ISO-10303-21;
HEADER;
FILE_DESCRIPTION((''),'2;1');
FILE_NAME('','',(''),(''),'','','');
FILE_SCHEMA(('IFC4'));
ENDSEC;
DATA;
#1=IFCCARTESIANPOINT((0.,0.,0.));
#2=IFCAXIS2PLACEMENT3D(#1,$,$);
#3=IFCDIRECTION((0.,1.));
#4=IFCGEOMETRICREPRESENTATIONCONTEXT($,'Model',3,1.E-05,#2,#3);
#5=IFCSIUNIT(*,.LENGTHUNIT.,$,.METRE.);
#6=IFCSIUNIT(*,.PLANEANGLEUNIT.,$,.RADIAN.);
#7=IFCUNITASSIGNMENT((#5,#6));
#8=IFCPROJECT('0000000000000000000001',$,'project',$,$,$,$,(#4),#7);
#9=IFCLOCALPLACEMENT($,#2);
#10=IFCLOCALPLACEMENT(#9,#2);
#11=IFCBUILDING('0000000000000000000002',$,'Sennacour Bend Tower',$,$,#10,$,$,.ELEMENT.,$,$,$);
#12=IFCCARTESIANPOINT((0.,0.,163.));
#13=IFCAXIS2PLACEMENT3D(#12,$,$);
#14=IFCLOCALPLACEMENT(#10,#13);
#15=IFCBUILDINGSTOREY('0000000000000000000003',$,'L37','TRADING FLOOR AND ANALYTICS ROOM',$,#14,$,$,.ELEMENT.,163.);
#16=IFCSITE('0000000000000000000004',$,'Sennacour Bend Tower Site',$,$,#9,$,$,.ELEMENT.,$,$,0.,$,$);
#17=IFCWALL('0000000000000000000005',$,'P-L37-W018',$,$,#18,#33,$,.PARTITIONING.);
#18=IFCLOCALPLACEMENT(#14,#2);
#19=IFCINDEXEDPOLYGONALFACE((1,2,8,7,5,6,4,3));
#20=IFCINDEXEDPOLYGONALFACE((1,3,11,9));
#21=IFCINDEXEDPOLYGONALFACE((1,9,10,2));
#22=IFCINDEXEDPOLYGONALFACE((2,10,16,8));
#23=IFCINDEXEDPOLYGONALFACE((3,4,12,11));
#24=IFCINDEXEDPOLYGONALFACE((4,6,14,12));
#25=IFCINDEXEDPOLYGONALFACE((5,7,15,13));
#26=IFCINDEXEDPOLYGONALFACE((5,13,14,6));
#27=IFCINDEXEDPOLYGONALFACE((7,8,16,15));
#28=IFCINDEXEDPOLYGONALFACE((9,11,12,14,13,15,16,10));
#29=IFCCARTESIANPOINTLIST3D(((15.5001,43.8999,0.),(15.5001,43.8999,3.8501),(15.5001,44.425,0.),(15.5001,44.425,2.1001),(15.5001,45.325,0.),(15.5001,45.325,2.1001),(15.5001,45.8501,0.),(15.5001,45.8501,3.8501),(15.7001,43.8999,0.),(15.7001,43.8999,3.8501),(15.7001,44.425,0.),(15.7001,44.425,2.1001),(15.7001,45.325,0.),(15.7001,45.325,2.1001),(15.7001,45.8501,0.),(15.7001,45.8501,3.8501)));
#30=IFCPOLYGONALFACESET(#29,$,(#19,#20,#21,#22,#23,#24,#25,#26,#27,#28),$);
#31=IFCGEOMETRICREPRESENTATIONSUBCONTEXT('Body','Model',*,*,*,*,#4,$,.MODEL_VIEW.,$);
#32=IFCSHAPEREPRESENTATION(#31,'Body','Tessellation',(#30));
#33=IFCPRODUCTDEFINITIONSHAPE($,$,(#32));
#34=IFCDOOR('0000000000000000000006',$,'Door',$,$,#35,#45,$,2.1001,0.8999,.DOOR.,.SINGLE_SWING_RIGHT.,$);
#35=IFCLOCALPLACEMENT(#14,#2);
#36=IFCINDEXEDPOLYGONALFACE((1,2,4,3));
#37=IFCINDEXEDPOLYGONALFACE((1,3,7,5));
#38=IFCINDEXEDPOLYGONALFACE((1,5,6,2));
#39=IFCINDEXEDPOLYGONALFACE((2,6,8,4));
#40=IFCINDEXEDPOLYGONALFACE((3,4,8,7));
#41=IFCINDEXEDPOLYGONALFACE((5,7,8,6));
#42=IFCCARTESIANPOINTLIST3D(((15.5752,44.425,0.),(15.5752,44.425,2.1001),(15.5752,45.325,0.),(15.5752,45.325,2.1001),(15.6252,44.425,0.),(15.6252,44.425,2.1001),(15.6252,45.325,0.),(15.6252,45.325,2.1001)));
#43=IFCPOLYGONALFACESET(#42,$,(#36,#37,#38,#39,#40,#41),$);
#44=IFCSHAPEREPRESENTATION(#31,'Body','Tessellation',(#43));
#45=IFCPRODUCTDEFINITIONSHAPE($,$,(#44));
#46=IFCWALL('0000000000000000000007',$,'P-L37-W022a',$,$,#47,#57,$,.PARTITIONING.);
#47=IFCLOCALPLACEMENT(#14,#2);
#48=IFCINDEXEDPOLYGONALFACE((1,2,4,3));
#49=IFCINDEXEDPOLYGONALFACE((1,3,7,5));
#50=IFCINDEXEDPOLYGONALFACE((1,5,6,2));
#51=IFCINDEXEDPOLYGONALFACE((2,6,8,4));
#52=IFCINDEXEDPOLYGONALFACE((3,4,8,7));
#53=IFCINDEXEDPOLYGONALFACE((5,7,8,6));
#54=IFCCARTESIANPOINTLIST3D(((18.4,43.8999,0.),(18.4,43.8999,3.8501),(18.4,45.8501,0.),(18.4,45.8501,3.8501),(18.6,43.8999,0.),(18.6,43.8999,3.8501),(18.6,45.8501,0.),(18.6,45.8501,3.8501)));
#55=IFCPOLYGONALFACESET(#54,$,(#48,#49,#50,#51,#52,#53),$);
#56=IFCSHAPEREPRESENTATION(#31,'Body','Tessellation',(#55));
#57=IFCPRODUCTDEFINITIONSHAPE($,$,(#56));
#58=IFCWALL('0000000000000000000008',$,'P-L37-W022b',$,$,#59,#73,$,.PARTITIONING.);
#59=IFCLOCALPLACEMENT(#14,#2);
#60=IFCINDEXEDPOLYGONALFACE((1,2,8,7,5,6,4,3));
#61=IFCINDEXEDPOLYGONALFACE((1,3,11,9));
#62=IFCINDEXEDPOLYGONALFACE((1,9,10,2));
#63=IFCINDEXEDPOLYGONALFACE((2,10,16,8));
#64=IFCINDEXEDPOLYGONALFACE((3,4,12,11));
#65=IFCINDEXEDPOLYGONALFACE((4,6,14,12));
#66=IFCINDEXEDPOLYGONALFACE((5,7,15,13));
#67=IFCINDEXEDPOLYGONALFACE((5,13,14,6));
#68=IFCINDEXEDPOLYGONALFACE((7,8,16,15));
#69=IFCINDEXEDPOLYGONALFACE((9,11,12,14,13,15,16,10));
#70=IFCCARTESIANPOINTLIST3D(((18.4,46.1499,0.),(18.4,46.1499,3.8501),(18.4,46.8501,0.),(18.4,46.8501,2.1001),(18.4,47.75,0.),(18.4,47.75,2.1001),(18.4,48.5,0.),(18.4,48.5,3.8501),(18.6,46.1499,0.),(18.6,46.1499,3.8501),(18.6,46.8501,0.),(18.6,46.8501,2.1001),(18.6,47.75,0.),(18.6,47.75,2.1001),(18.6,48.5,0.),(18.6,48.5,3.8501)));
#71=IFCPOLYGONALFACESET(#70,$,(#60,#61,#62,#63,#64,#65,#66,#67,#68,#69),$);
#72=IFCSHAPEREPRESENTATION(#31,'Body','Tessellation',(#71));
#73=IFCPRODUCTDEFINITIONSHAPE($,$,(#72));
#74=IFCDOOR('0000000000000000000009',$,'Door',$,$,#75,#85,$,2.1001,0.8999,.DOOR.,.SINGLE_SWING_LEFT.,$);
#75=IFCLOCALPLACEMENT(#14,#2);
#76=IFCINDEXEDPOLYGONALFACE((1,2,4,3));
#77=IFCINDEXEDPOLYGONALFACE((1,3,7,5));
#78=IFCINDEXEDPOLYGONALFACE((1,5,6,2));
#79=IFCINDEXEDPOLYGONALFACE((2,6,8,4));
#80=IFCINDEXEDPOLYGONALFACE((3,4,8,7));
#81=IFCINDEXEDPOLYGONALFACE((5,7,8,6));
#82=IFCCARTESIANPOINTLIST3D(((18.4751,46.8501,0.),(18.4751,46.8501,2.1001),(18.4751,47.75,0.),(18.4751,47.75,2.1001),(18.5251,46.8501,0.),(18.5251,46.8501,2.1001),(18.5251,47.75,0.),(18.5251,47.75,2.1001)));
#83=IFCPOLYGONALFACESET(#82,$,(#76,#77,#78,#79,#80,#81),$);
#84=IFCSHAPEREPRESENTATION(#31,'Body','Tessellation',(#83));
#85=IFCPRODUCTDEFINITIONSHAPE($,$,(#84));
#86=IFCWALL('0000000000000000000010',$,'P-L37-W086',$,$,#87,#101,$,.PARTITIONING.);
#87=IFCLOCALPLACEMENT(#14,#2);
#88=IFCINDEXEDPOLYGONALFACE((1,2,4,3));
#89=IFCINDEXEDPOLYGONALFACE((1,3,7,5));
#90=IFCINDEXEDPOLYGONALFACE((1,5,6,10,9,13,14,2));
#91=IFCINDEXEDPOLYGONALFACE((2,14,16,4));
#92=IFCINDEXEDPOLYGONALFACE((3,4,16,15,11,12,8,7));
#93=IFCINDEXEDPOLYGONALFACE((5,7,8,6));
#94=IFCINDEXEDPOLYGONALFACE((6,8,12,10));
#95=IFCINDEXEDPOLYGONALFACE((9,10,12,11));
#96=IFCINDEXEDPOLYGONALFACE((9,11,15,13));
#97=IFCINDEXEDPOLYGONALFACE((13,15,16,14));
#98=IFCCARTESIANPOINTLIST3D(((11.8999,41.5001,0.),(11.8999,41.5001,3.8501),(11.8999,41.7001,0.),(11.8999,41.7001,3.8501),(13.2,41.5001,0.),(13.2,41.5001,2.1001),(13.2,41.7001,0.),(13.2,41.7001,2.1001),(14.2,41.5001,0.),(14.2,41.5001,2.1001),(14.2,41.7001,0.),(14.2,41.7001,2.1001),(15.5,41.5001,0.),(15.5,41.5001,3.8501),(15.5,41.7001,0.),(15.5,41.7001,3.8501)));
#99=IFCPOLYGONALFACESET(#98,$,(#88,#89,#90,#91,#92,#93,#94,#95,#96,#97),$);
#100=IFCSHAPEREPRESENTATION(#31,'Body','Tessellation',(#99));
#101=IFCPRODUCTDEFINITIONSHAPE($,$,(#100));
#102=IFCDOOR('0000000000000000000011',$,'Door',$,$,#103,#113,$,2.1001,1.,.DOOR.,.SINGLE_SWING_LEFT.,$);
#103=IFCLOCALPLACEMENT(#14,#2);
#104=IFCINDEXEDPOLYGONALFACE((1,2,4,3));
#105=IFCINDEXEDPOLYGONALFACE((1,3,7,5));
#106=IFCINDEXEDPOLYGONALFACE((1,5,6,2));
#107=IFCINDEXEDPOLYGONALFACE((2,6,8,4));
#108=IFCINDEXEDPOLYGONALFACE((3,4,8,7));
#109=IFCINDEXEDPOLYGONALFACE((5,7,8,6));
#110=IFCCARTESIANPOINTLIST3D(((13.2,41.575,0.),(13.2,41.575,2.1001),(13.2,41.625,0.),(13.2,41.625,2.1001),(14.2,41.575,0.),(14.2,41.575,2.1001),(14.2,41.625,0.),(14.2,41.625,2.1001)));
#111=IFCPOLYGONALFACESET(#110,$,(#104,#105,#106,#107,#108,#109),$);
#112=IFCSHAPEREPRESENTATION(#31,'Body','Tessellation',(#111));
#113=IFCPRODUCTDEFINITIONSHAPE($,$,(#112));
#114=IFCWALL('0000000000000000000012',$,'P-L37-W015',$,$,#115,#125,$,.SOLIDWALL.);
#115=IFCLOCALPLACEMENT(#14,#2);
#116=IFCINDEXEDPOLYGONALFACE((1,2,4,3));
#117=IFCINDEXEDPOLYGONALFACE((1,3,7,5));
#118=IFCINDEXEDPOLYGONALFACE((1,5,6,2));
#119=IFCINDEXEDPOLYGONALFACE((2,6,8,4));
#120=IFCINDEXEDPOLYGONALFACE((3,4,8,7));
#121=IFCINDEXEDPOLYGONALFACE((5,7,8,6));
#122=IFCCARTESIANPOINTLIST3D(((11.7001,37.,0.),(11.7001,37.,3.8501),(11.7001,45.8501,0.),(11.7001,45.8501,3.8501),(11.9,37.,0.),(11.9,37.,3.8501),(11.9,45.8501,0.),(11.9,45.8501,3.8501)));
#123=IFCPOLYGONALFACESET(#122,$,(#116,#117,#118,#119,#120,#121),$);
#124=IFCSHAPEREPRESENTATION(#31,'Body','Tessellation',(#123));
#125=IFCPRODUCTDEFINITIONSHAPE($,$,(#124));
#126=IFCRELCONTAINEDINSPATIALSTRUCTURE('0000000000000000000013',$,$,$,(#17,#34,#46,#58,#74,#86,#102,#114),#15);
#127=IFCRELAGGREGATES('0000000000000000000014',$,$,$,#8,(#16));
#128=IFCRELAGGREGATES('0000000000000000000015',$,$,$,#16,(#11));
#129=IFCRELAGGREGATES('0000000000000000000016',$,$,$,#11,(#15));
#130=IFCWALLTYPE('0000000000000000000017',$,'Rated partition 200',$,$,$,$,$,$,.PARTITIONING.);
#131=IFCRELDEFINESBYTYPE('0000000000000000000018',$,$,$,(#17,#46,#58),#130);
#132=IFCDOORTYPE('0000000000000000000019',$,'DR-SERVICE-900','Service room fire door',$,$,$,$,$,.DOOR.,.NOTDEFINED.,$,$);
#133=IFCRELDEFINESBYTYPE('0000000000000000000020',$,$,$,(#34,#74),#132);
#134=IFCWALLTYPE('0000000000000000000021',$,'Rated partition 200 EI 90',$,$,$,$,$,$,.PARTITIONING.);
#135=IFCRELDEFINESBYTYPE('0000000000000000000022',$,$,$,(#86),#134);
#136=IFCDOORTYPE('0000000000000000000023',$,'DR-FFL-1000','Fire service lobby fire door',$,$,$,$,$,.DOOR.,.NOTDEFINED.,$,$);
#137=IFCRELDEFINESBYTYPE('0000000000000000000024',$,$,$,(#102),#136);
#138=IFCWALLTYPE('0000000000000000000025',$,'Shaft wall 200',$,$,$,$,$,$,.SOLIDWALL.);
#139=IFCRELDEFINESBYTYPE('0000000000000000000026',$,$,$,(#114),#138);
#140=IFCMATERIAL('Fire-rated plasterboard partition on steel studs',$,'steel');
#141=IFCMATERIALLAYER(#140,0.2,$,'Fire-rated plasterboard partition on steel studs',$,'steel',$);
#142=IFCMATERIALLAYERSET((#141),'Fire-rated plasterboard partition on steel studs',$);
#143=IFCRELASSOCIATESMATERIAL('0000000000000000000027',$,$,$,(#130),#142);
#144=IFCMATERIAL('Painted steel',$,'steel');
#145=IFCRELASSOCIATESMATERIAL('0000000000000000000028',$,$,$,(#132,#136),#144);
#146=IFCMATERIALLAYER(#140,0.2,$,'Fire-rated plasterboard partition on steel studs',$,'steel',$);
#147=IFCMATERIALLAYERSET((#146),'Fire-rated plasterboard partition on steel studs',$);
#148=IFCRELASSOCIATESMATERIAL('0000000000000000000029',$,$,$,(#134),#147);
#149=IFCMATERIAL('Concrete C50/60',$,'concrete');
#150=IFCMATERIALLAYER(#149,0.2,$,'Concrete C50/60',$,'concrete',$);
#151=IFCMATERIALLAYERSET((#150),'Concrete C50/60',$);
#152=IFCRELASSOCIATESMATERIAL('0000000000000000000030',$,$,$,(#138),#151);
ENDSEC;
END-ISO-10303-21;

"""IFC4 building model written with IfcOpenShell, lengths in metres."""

from ifc_helpers import new_model, si_unit, direction, frame, frame_2d, origin, place, context, subcontext, project, spatial, rectangle, extrude, material, layer, layer_set, type_object, element, fill, save


model = new_model("IFC4")

# Units and contexts
model_context = context("Model", 3, precision=1e-05, world=origin(), true_north=direction((0.0, 1.0)))
body_context = subcontext(model_context, "Body", "Model", "MODEL_VIEW")
ifc_project = project(units=[si_unit("LENGTHUNIT", "METRE"), si_unit("PLANEANGLEUNIT", "RADIAN")], contexts=[model_context])

# Site, building, storey
site_placement = place(None, origin())
site = spatial("IfcSite", under=ifc_project, at=site_placement, Name="Sennacour Bend Tower Site", CompositionType="ELEMENT", RefElevation=0.0)
building_placement = place(site_placement, origin())
building = spatial("IfcBuilding", under=site, at=building_placement, Name="Sennacour Bend Tower", CompositionType="ELEMENT")
storey_placement = place(building_placement, frame((0.0, 0.0, 163.0)))
storey = spatial("IfcBuildingStorey", under=building, at=storey_placement, Name="L37", Description="TRADING FLOOR AND ANALYTICS ROOM", CompositionType="ELEMENT", Elevation=163.0)

# Wall, opening, door
ifc_material_1 = material(Name="Fire-rated plasterboard partition on steel studs", Category="steel")
ifc_layer_1 = layer(ifc_material_1, 0.2, Name="Fire-rated plasterboard partition on steel studs", Category="steel")
ifc_layer_set_1 = layer_set([ifc_layer_1], Name="Fire-rated plasterboard partition on steel studs")
wall_type_1 = type_object("IfcWallType", Name="Rated partition 200", PredefinedType="PARTITIONING", material=ifc_layer_set_1)
wall_1_placement = place(storey_placement, frame((15.6001, 43.8999, 0.0), z_axis=(0.0, 0.0, 1.0), x_axis=(0.0, 1.0, 0.0)))
wall_1 = element("IfcWall", 1, at=wall_1_placement, inside=storey, type_object=wall_type_1, Name="P-L37-W018", PredefinedType="PARTITIONING", context=body_context, shape_type="SweptSolid", body=[
    extrude(rectangle(XDim=1.9502, YDim=0.2, at=frame_2d((0.9751, 0.0))), origin(), (0.0, 0.0, 1.0), 3.8501),
])
opening_1_placement = place(wall_1_placement, frame((0.5251, 0.0, 0.0)))
opening_1 = element("IfcOpeningElement", 2, at=opening_1_placement, cuts=wall_1, PredefinedType="OPENING", context=body_context, shape_type="SweptSolid", body=[
    extrude(rectangle(XDim=0.8999, YDim=2.1001, at=frame_2d((0.45, 1.05))), frame((0.0, 0.1099, 0.0), z_axis=(0.0, -1.0, 0.0), x_axis=(1.0, 0.0, 0.0)), (0.0, 0.0, 1.0), 0.22),
])
ifc_material_2 = material(Name="Painted steel", Category="steel")
door_type_1 = type_object("IfcDoorType", Name="DR-SERVICE-900", Description="Service room fire door", OperationType="NOTDEFINED", PredefinedType="DOOR", material=ifc_material_2)
door_1_placement = place(opening_1_placement, origin())
door_1 = element("IfcDoor", 3, at=door_1_placement, inside=storey, type_object=door_type_1, Name="Door", OperationType="SINGLE_SWING_RIGHT", OverallHeight=2.1001, OverallWidth=0.8999, PredefinedType="DOOR", context=body_context, shape_type="SweptSolid", body=[
    extrude(rectangle(XDim=0.8999, YDim=2.1001, at=frame_2d((0.45, 1.05))), frame((0.0, 0.0249, 0.0), z_axis=(0.0, -1.0, 0.0), x_axis=(1.0, 0.0, 0.0)), (0.0, 0.0, 1.0), 0.05),
])
fill(opening_1, door_1)

# Wall
wall_2_placement = place(storey_placement, frame((18.5, 43.8999, 0.0), z_axis=(0.0, 0.0, 1.0), x_axis=(0.0, 1.0, 0.0)))
element("IfcWall", 4, at=wall_2_placement, inside=storey, type_object=wall_type_1, Name="P-L37-W022a", PredefinedType="PARTITIONING", context=body_context, shape_type="SweptSolid", body=[
    extrude(rectangle(XDim=1.9502, YDim=0.2, at=frame_2d((0.9751, 0.0))), origin(), (0.0, 0.0, 1.0), 3.8501),
])

# Walls, openings, doors
wall_3_placement = place(storey_placement, frame((18.5, 46.1499, 0.0), z_axis=(0.0, 0.0, 1.0), x_axis=(0.0, 1.0, 0.0)))
wall_3 = element("IfcWall", 5, at=wall_3_placement, inside=storey, type_object=wall_type_1, Name="P-L37-W022b", PredefinedType="PARTITIONING", context=body_context, shape_type="SweptSolid", body=[
    extrude(rectangle(XDim=2.3501, YDim=0.2, at=frame_2d((1.175, 0.0))), origin(), (0.0, 0.0, 1.0), 3.8501),
])
opening_2_placement = place(wall_3_placement, frame((0.7002, 0.0, 0.0)))
opening_2 = element("IfcOpeningElement", 6, at=opening_2_placement, cuts=wall_3, PredefinedType="OPENING", context=body_context, shape_type="SweptSolid", body=[
    extrude(rectangle(XDim=0.8999, YDim=2.1001, at=frame_2d((0.45, 1.05))), frame((0.0, 0.1099, 0.0), z_axis=(0.0, -1.0, 0.0), x_axis=(1.0, 0.0, 0.0)), (0.0, 0.0, 1.0), 0.22),
])
door_2_placement = place(opening_2_placement, origin())
door_2 = element("IfcDoor", 7, at=door_2_placement, inside=storey, type_object=door_type_1, Name="Door", OperationType="SINGLE_SWING_LEFT", OverallHeight=2.1001, OverallWidth=0.8999, PredefinedType="DOOR", context=body_context, shape_type="SweptSolid", body=[
    extrude(rectangle(XDim=0.8999, YDim=2.1001, at=frame_2d((0.45, 1.05))), frame((0.0, 0.0249, 0.0), z_axis=(0.0, -1.0, 0.0), x_axis=(1.0, 0.0, 0.0)), (0.0, 0.0, 1.0), 0.05),
])
fill(opening_2, door_2)
ifc_layer_2 = layer(ifc_material_1, 0.2, Name="Fire-rated plasterboard partition on steel studs", Category="steel")
ifc_layer_set_2 = layer_set([ifc_layer_2], Name="Fire-rated plasterboard partition on steel studs")
wall_type_2 = type_object("IfcWallType", Name="Rated partition 200 EI 90", PredefinedType="PARTITIONING", material=ifc_layer_set_2)
wall_4_placement = place(storey_placement, frame((11.8999, 41.6001, 0.0), z_axis=(0.0, 0.0, 1.0), x_axis=(1.0, 0.0, 0.0)))
wall_4 = element("IfcWall", 8, at=wall_4_placement, inside=storey, type_object=wall_type_2, Name="P-L37-W086", PredefinedType="PARTITIONING", context=body_context, shape_type="SweptSolid", body=[
    extrude(rectangle(XDim=3.6001, YDim=0.2, at=frame_2d((1.8, 0.0))), origin(), (0.0, 0.0, 1.0), 3.8501),
])
opening_3_placement = place(wall_4_placement, frame((1.3, 0.0, 0.0)))
opening_3 = element("IfcOpeningElement", 9, at=opening_3_placement, cuts=wall_4, PredefinedType="OPENING", context=body_context, shape_type="SweptSolid", body=[
    extrude(rectangle(XDim=1.0, YDim=2.1001, at=frame_2d((0.5, 1.05))), frame((0.0, 0.1099, 0.0), z_axis=(0.0, -1.0, 0.0), x_axis=(1.0, 0.0, 0.0)), (0.0, 0.0, 1.0), 0.22),
])
door_type_2 = type_object("IfcDoorType", Name="DR-FFL-1000", Description="Fire service lobby fire door", OperationType="NOTDEFINED", PredefinedType="DOOR", material=ifc_material_2)
door_3_placement = place(opening_3_placement, origin())
door_3 = element("IfcDoor", 10, at=door_3_placement, inside=storey, type_object=door_type_2, Name="Door", OperationType="SINGLE_SWING_LEFT", OverallHeight=2.1001, OverallWidth=1.0, PredefinedType="DOOR", context=body_context, shape_type="SweptSolid", body=[
    extrude(rectangle(XDim=1.0, YDim=2.1001, at=frame_2d((0.5, 1.05))), frame((0.0, 0.0249, 0.0), z_axis=(0.0, -1.0, 0.0), x_axis=(1.0, 0.0, 0.0)), (0.0, 0.0, 1.0), 0.05),
])
fill(opening_3, door_3)

# Wall
ifc_material_3 = material(Name="Concrete C50/60", Category="concrete")
ifc_layer_3 = layer(ifc_material_3, 0.2, Name="Concrete C50/60", Category="concrete")
ifc_layer_set_3 = layer_set([ifc_layer_3], Name="Concrete C50/60")
wall_type_3 = type_object("IfcWallType", Name="Shaft wall 200", PredefinedType="SOLIDWALL", material=ifc_layer_set_3)
wall_5_placement = place(storey_placement, frame((11.8, 37.0, 0.0), z_axis=(0.0, 0.0, 1.0), x_axis=(0.0, 1.0, 0.0)))
element("IfcWall", 11, at=wall_5_placement, inside=storey, type_object=wall_type_3, Name="P-L37-W015", PredefinedType="SOLIDWALL", context=body_context, shape_type="SweptSolid", body=[
    extrude(rectangle(XDim=8.8501, YDim=0.2, at=frame_2d((4.425, 0.0))), origin(), (0.0, 0.0, 1.0), 3.8501),
])

save(model, "model.ifc")
